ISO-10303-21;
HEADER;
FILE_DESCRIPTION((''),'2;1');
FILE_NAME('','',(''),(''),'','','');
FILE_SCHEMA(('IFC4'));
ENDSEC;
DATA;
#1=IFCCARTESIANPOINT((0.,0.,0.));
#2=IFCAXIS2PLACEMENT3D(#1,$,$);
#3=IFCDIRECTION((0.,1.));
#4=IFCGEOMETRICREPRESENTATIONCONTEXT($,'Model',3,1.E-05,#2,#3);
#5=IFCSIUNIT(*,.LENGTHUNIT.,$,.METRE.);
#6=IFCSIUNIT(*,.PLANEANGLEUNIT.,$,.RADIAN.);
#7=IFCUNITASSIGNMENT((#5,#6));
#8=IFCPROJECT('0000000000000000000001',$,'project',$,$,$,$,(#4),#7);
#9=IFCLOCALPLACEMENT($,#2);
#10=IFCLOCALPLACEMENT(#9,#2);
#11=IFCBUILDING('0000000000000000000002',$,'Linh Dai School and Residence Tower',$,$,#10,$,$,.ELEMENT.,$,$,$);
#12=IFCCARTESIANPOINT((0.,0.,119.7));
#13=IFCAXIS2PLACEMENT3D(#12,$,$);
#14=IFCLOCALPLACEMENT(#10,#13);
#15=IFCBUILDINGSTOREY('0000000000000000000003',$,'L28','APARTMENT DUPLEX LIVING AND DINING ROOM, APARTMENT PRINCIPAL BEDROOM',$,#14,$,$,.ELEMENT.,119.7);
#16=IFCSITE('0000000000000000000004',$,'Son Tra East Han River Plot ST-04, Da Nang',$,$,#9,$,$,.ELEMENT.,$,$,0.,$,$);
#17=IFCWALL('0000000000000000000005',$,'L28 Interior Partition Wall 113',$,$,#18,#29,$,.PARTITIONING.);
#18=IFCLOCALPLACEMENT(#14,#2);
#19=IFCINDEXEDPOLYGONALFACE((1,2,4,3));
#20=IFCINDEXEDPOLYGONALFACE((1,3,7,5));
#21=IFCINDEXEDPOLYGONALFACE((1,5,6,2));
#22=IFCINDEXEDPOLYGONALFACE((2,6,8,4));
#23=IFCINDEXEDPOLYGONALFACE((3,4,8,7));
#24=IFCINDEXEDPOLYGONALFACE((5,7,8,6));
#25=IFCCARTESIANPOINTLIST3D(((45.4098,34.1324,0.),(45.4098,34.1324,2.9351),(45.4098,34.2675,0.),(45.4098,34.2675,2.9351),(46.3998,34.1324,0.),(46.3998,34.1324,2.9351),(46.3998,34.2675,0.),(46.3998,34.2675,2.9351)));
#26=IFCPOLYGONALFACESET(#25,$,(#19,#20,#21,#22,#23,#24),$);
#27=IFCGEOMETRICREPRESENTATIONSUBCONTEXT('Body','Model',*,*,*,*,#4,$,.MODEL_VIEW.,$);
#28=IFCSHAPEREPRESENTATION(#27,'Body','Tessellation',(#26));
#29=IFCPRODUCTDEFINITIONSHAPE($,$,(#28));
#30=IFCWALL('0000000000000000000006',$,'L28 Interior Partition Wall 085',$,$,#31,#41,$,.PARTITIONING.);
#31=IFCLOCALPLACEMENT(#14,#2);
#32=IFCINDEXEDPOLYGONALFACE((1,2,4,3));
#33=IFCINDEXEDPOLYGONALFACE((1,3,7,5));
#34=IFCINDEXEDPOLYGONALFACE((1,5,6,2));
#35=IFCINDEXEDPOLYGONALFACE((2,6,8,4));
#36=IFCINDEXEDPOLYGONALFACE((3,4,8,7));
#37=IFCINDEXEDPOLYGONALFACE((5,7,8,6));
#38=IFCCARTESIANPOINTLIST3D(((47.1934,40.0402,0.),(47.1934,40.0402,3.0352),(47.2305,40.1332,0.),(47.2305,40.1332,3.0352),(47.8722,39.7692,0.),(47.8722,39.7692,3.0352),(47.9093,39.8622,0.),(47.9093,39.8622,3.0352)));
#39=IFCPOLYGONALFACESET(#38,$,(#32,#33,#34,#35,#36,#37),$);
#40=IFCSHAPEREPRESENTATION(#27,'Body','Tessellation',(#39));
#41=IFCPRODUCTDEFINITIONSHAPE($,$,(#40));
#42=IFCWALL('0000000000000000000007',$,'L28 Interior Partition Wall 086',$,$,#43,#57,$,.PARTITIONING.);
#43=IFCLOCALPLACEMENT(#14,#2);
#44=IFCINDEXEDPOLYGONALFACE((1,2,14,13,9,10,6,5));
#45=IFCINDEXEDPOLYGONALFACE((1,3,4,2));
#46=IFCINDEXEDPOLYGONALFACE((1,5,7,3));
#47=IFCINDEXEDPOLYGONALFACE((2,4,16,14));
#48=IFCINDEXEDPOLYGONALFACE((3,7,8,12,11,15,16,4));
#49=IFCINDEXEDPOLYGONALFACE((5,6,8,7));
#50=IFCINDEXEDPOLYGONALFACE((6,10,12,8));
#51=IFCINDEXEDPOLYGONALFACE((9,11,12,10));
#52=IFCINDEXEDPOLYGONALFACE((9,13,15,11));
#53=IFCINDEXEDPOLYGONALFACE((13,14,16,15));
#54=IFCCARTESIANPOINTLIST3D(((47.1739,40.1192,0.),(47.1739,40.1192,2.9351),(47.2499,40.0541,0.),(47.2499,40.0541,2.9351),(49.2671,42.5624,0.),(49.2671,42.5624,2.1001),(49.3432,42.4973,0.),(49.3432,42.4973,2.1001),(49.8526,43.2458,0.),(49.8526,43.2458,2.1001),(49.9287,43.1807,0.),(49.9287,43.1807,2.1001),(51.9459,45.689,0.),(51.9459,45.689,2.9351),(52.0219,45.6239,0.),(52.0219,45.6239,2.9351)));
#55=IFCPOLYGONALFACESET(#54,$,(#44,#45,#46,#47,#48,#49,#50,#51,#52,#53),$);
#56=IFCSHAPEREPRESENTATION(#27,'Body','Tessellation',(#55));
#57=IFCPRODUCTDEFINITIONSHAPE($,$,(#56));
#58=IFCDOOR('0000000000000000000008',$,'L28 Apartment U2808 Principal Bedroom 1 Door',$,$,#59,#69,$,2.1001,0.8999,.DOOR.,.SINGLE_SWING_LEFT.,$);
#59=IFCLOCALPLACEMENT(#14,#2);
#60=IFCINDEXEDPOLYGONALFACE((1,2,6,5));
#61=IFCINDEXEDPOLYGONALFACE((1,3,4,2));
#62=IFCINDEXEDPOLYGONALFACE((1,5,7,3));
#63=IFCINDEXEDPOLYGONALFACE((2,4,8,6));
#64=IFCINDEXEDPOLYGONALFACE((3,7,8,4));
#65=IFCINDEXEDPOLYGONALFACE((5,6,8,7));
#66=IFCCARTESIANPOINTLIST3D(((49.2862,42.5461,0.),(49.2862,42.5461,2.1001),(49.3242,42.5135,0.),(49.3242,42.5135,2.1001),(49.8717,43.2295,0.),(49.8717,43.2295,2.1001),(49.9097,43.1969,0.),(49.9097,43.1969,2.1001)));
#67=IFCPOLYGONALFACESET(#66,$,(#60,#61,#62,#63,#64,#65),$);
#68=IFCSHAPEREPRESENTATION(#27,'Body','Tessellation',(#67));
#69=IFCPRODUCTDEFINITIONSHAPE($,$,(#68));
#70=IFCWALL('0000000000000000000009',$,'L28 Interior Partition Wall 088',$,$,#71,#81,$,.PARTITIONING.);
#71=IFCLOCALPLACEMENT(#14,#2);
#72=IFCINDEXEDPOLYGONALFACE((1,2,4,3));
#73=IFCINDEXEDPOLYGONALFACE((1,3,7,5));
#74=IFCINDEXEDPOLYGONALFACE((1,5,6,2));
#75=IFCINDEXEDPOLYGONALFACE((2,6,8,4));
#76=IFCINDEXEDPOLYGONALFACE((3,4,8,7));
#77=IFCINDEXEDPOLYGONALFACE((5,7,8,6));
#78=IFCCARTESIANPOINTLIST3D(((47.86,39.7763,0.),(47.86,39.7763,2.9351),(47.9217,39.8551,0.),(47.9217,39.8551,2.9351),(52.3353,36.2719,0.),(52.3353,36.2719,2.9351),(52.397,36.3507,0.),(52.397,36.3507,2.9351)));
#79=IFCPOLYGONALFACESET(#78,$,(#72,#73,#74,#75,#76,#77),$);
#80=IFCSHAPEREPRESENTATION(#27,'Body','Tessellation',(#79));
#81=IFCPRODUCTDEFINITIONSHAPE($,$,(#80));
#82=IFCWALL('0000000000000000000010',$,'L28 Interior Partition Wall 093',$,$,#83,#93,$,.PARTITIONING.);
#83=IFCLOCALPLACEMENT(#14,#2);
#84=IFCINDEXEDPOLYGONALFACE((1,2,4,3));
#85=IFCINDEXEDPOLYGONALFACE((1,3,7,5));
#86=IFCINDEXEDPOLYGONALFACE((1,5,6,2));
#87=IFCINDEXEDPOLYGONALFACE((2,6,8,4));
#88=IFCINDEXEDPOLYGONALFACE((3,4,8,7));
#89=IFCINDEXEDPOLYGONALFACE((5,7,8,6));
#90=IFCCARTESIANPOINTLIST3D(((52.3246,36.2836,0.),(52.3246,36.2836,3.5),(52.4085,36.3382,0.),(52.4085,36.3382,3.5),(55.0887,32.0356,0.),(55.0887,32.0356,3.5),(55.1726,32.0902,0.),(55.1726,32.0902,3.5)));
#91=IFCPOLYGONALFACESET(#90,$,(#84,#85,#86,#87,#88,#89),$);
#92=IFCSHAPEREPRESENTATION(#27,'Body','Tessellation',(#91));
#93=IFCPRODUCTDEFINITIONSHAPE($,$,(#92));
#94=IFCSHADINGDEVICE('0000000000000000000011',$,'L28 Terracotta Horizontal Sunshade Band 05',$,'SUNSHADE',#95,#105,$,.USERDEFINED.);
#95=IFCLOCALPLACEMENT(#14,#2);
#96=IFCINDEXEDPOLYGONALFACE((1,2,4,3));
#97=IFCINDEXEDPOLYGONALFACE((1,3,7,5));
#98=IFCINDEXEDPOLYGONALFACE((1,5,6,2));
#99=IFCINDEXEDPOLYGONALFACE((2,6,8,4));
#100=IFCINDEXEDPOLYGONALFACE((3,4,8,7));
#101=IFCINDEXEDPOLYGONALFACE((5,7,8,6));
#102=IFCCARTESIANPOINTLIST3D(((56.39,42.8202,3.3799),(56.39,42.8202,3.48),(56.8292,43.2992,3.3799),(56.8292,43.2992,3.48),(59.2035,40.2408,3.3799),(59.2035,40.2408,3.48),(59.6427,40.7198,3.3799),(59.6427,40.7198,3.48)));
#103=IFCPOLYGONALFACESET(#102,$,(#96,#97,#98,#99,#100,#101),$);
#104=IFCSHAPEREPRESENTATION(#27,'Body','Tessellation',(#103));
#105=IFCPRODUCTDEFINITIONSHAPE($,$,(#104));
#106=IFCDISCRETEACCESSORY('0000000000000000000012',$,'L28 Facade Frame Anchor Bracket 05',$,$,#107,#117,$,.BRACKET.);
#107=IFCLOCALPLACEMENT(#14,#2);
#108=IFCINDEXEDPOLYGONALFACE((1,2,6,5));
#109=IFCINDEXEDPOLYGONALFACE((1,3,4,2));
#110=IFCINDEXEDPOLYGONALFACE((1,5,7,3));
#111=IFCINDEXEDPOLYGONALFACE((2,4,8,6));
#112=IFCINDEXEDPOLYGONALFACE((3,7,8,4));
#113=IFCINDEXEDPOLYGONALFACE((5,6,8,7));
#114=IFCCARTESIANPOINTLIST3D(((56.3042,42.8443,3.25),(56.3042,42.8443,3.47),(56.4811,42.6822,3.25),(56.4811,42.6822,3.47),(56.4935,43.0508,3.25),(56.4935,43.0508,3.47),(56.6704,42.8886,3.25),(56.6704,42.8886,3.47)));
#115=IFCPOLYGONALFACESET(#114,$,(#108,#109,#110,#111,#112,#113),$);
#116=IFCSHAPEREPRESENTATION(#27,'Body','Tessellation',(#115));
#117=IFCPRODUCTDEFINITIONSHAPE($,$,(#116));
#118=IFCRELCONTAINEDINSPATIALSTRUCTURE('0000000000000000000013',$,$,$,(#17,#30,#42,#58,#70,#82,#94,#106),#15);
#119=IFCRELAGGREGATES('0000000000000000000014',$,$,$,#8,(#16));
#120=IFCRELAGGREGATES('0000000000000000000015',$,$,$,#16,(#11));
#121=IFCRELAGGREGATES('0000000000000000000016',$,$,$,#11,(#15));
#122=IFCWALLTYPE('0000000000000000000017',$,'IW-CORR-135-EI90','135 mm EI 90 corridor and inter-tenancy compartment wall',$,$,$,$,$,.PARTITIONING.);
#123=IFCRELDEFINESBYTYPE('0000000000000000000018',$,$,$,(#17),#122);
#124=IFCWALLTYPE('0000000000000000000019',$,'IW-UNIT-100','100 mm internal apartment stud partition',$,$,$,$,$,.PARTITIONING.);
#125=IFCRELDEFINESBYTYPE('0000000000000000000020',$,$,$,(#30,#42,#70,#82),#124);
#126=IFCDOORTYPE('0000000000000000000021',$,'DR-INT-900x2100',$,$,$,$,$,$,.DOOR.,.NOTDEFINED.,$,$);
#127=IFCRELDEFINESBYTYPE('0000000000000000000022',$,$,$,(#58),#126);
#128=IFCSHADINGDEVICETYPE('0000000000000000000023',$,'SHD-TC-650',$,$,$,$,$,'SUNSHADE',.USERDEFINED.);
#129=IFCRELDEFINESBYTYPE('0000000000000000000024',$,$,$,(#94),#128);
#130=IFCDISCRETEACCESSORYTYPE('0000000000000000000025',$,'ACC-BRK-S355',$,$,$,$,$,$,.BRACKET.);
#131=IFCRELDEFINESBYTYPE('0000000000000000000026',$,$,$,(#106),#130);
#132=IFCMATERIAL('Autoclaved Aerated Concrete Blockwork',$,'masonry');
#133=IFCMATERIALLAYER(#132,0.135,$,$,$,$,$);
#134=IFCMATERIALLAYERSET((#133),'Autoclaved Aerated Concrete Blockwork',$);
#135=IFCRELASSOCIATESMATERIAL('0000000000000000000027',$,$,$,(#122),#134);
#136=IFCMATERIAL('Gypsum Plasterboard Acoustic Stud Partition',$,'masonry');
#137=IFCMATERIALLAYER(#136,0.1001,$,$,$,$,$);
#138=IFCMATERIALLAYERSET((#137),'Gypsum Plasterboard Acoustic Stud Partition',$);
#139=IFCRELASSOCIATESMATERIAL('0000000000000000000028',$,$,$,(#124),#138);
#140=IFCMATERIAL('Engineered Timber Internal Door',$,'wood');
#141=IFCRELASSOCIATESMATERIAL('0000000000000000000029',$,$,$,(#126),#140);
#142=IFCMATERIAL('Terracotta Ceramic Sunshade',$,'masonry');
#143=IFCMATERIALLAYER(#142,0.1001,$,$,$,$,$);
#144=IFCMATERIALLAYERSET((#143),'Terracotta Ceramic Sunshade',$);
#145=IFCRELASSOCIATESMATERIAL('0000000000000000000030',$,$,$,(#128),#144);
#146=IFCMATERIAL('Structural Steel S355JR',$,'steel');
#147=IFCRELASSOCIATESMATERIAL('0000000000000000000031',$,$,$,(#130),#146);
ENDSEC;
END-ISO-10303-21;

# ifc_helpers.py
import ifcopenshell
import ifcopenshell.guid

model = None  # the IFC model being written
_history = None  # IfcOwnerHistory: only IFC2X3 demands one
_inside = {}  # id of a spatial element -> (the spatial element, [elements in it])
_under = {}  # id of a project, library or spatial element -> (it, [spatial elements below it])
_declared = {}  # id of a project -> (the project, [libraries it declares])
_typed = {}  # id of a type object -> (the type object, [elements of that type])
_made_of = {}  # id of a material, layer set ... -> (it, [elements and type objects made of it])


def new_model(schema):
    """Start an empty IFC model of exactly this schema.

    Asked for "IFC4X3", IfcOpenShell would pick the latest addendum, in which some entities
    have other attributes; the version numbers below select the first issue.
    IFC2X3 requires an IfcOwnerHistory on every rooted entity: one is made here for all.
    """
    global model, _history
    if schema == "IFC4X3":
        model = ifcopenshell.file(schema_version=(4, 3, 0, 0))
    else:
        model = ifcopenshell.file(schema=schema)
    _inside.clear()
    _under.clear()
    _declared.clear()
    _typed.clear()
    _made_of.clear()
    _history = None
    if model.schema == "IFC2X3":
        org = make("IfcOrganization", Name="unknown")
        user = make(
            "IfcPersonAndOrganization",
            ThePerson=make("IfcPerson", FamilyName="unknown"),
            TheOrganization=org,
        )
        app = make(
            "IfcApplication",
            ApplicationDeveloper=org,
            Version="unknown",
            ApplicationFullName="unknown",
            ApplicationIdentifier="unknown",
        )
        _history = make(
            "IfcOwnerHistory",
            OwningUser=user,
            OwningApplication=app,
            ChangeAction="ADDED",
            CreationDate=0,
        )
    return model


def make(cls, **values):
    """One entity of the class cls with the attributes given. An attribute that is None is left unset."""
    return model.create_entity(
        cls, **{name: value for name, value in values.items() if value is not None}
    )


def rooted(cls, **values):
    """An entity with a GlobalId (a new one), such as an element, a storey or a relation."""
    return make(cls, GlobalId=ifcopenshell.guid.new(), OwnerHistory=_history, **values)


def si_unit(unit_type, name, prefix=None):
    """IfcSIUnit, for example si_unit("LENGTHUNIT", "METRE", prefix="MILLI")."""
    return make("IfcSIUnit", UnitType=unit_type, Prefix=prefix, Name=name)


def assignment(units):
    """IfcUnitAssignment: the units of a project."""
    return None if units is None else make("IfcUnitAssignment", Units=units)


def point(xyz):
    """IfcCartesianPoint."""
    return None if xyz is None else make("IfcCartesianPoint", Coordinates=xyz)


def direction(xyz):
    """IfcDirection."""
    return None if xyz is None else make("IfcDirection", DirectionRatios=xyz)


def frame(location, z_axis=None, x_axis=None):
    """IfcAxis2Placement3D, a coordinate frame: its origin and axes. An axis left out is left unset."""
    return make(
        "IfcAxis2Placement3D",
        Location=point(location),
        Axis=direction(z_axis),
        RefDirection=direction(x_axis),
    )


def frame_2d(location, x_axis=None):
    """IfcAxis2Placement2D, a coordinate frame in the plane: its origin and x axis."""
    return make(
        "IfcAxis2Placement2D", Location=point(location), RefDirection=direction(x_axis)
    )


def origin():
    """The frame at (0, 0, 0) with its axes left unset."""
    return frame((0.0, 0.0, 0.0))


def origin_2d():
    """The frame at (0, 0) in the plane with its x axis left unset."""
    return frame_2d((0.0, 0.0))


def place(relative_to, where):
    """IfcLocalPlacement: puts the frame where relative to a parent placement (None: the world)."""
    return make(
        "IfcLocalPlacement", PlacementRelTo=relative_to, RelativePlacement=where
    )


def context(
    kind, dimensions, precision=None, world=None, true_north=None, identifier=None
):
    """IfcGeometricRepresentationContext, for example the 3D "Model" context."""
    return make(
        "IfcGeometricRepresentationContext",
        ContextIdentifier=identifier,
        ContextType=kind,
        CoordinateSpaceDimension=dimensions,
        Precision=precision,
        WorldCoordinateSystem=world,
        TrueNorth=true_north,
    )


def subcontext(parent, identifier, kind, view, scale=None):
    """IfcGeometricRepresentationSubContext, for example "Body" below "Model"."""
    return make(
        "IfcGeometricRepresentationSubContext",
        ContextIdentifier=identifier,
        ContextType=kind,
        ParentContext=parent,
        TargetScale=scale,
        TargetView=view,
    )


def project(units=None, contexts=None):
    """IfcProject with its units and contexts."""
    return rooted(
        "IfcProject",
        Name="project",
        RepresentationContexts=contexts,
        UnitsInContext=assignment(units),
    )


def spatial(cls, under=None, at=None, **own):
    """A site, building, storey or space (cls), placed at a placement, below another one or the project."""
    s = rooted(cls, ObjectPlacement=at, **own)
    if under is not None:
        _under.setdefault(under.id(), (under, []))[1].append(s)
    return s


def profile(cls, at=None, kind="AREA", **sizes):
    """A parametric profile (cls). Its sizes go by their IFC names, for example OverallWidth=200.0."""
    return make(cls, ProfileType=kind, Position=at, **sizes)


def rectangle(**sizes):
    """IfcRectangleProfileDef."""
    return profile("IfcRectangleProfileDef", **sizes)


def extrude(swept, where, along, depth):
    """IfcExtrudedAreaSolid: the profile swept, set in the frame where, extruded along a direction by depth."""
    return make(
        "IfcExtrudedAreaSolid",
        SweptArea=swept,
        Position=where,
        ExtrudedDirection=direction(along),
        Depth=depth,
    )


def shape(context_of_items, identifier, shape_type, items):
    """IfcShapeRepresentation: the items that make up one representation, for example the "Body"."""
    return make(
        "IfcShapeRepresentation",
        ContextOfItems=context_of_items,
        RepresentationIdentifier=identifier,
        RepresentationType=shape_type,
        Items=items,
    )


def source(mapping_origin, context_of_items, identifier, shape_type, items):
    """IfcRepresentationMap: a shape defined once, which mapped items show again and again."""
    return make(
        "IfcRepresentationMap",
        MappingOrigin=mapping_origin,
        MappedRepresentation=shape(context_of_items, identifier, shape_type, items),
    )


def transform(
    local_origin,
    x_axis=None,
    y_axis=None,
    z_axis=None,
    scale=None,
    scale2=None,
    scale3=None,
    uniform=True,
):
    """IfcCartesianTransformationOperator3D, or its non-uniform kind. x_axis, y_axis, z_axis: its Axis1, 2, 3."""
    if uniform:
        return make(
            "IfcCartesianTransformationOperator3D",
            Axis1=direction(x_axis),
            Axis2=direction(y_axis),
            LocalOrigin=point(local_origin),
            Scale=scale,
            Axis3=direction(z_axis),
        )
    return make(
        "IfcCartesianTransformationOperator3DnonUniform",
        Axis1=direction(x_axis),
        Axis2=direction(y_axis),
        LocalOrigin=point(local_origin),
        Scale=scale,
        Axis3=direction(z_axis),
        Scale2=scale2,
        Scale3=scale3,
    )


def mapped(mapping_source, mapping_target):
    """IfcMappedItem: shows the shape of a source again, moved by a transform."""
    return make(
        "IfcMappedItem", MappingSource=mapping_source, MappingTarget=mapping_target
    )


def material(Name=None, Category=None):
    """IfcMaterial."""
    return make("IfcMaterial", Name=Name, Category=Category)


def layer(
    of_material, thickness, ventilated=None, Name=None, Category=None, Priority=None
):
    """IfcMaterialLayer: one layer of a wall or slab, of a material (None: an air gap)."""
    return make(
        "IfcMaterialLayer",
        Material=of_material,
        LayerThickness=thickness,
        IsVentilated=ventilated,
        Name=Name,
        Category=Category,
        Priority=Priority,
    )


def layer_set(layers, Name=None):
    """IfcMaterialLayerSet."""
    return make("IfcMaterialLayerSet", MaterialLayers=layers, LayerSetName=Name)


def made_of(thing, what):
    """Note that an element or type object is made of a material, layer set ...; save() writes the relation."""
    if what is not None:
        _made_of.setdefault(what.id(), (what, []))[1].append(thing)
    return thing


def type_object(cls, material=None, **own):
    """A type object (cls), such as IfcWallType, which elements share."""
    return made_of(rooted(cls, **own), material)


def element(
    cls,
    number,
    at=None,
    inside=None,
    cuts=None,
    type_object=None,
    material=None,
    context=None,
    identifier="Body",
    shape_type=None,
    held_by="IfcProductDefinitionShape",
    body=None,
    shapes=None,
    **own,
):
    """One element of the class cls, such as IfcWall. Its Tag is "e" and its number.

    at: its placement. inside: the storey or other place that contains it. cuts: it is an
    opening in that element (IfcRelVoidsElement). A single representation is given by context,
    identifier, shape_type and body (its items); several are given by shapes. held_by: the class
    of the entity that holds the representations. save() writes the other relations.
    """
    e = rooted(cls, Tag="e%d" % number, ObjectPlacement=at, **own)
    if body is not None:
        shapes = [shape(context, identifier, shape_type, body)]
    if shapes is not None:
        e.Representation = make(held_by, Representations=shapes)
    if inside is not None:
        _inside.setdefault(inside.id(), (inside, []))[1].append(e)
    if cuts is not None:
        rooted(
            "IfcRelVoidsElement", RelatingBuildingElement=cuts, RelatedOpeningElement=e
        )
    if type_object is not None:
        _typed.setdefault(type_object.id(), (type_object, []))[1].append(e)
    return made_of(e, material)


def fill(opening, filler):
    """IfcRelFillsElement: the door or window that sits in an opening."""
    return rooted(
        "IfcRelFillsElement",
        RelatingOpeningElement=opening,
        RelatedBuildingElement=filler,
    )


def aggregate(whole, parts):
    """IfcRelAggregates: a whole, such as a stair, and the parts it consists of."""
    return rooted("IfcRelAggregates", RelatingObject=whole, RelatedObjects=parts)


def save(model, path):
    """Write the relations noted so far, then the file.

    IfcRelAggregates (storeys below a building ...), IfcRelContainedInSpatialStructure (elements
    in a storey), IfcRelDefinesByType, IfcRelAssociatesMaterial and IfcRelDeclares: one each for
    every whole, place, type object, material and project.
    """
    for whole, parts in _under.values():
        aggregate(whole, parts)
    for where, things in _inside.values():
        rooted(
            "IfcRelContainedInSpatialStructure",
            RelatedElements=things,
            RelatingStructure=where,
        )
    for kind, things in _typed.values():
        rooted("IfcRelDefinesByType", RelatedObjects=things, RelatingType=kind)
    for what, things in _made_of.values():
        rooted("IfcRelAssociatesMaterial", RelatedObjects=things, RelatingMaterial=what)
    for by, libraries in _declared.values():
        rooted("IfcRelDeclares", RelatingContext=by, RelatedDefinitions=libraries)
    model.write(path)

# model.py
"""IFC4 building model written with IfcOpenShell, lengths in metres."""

from ifc_helpers import new_model, si_unit, direction, frame, frame_2d, origin, origin_2d, place, context, subcontext, project, spatial, rectangle, extrude, source, transform, mapped, material, layer, layer_set, type_object, element, fill, save


model = new_model("IFC4")

# Units and contexts
model_context = context("Model", 3, precision=1e-05, world=origin(), true_north=direction((0.0, 1.0)))
body_context = subcontext(model_context, "Body", "Model", "MODEL_VIEW")
ifc_project = project(units=[si_unit("LENGTHUNIT", "METRE"), si_unit("PLANEANGLEUNIT", "RADIAN")], contexts=[model_context])

# Site, building, storey
site_placement = place(None, origin())
site = spatial("IfcSite", under=ifc_project, at=site_placement, Name="Son Tra East Han River Plot ST-04, Da Nang", CompositionType="ELEMENT", RefElevation=0.0)
building_placement = place(site_placement, origin())
building = spatial("IfcBuilding", under=site, at=building_placement, Name="Linh Dai School and Residence Tower", CompositionType="ELEMENT")
storey_placement = place(building_placement, frame((0.0, 0.0, 119.7)))
storey = spatial("IfcBuildingStorey", under=building, at=storey_placement, Name="L28", Description="APARTMENT DUPLEX LIVING AND DINING ROOM, APARTMENT PRINCIPAL BEDROOM", CompositionType="ELEMENT", Elevation=119.7)

# Shared definitions
ifc_material_1 = material(Name="Structural Steel S355JR", Category="steel")

# Walls
ifc_material_2 = material(Name="Autoclaved Aerated Concrete Blockwork", Category="masonry")
ifc_layer_1 = layer(ifc_material_2, 0.135)
ifc_layer_set_1 = layer_set([ifc_layer_1], Name="Autoclaved Aerated Concrete Blockwork")
wall_type_1 = type_object("IfcWallType", Name="IW-CORR-135-EI90", Description="135 mm EI 90 corridor and inter-tenancy compartment wall", PredefinedType="PARTITIONING", material=ifc_layer_set_1)
wall_1_placement = place(storey_placement, frame((46.3999, 34.2, 0.0), z_axis=(0.0, 0.0, 1.0), x_axis=(-1.0, 0.0, 0.0)))
element("IfcWall", 1, at=wall_1_placement, inside=storey, type_object=wall_type_1, Name="L28 Interior Partition Wall 113", PredefinedType="PARTITIONING", context=body_context, shape_type="SweptSolid", body=[
    extrude(rectangle(XDim=0.99, YDim=0.135, at=frame_2d((0.4951, 0.0))), origin(), (0.0, 0.0, 1.0), 2.9351),
])
ifc_material_3 = material(Name="Gypsum Plasterboard Acoustic Stud Partition", Category="masonry")
ifc_layer_2 = layer(ifc_material_3, 0.1001)
ifc_layer_set_2 = layer_set([ifc_layer_2], Name="Gypsum Plasterboard Acoustic Stud Partition")
wall_type_2 = type_object("IfcWallType", Name="IW-UNIT-100", Description="100 mm internal apartment stud partition", PredefinedType="PARTITIONING", material=ifc_layer_set_2)
wall_2_placement = place(storey_placement, frame((47.2119, 40.0867, 0.0), z_axis=(0.0, 0.0, 1.0), x_axis=(0.928753, -0.3707, 0.0)))
element("IfcWall", 2, at=wall_2_placement, inside=storey, type_object=wall_type_2, Name="L28 Interior Partition Wall 085", PredefinedType="PARTITIONING", context=body_context, shape_type="SweptSolid", body=[
    extrude(rectangle(XDim=0.731, YDim=0.1001, at=frame_2d((0.3655, 0.0))), origin(), (0.0, 0.0, 1.0), 3.0352),
])

# Wall, opening, door
wall_3_placement = place(storey_placement, frame((47.2119, 40.0867, 0.0), z_axis=(0.0, 0.0, 1.0), x_axis=(0.650621, 0.759402, 0.0)))
wall_3 = element("IfcWall", 3, at=wall_3_placement, inside=storey, type_object=wall_type_2, Name="L28 Interior Partition Wall 086", PredefinedType="PARTITIONING", context=body_context, shape_type="SweptSolid", body=[
    extrude(rectangle(XDim=7.3345, YDim=0.1001, at=frame_2d((3.6672, 0.0))), origin(), (0.0, 0.0, 1.0), 2.9351),
])
opening_1_placement = place(wall_3_placement, frame((3.2173, 0.0, 0.0)))
opening_1 = element("IfcOpeningElement", 4, at=opening_1_placement, cuts=wall_3, PredefinedType="OPENING", context=body_context, shape_type="SweptSolid", body=[
    extrude(rectangle(XDim=0.8999, YDim=2.1001, at=origin_2d()), frame((0.45, 0.0601, 1.05), z_axis=(0.0, -1.0, 0.0), x_axis=(1.0, 0.0, 0.0)), (0.0, 0.0, 1.0), 0.1201),
])
ifc_material_4 = material(Name="Engineered Timber Internal Door", Category="wood")
door_type = type_object("IfcDoorType", Name="DR-INT-900x2100", OperationType="NOTDEFINED", PredefinedType="DOOR", material=ifc_material_4)
shared_shape_1 = source(origin(), body_context, "Body", "SweptSolid", [
    extrude(rectangle(XDim=0.8999, YDim=2.1001, at=origin_2d()), frame((0.45, 0.0249, 1.05), z_axis=(0.0, -1.0, 0.0), x_axis=(1.0, 0.0, 0.0)), (0.0, 0.0, 1.0), 0.05),
])
door_placement = place(opening_1_placement, origin())
door = element("IfcDoor", 5, at=door_placement, inside=storey, type_object=door_type, Name="L28 Apartment U2808 Principal Bedroom 1 Door", OperationType="SINGLE_SWING_LEFT", OverallHeight=2.1001, OverallWidth=0.8999, PredefinedType="DOOR", context=body_context, shape_type="MappedRepresentation", body=[
    mapped(shared_shape_1, transform((0.0, 0.0, 0.0), x_axis=(1.0, 0.0, 0.0), y_axis=(0.0, 1.0, 0.0), z_axis=(0.0, 0.0, 1.0), scale=1.0)),
])
fill(opening_1, door)

# Walls
wall_4_placement = place(storey_placement, frame((47.8909, 39.8157, 0.0), z_axis=(0.0, 0.0, 1.0), x_axis=(0.787338, -0.616521, 0.0)))
element("IfcWall", 6, at=wall_4_placement, inside=storey, type_object=wall_type_2, Name="L28 Interior Partition Wall 088", PredefinedType="PARTITIONING", context=body_context, shape_type="SweptSolid", body=[
    extrude(rectangle(XDim=5.6841, YDim=0.1001, at=frame_2d((2.842, 0.0))), origin(), (0.0, 0.0, 1.0), 2.9351),
])
wall_5_placement = place(storey_placement, frame((52.3665, 36.311, 0.0), z_axis=(0.0, 0.0, 1.0), x_axis=(0.545395, -0.838179, 0.0)))
element("IfcWall", 7, at=wall_5_placement, inside=storey, type_object=wall_type_2, Name="L28 Interior Partition Wall 093", PredefinedType="PARTITIONING", context=body_context, shape_type="SweptSolid", body=[
    extrude(rectangle(XDim=5.0681, YDim=0.1001, at=frame_2d((2.5342, 0.0))), origin(), (0.0, 0.0, 1.0), 3.5),
])

# Shading device
ifc_material_5 = material(Name="Terracotta Ceramic Sunshade", Category="masonry")
ifc_layer_3 = layer(ifc_material_5, 0.1001)
ifc_layer_set_3 = layer_set([ifc_layer_3], Name="Terracotta Ceramic Sunshade")
shading_device_type = type_object("IfcShadingDeviceType", Name="SHD-TC-650", ElementType="SUNSHADE", PredefinedType="USERDEFINED", material=ifc_layer_set_3)
shared_shape_2 = source(origin(), body_context, "Body", "SweptSolid", [
    extrude(rectangle(XDim=3.8169, YDim=0.6499, at=origin_2d()), origin(), (0.0, 0.0, 1.0), 0.1001),
])
shading_device_placement = place(storey_placement, frame((58.0164, 41.77, 3.3799), z_axis=(0.0, 0.0, 1.0), x_axis=(0.7371, -0.675783, 0.0)))
element("IfcShadingDevice", 8, at=shading_device_placement, inside=storey, type_object=shading_device_type, Name="L28 Terracotta Horizontal Sunshade Band 05", ObjectType="SUNSHADE", PredefinedType="USERDEFINED", context=body_context, shape_type="MappedRepresentation", body=[
    mapped(shared_shape_2, transform((0.0, 0.0, 0.0), x_axis=(1.0, 0.0, 0.0), y_axis=(0.0, 1.0, 0.0), z_axis=(0.0, 0.0, 1.0), scale=1.0)),
])

# Discrete accessory
discrete_accessory_type = type_object("IfcDiscreteAccessoryType", Name="ACC-BRK-S355", PredefinedType="BRACKET", material=ifc_material_1)
shared_shape_3 = source(origin(), body_context, "Body", "SweptSolid", [
    extrude(rectangle(XDim=0.28, YDim=0.24, at=origin_2d()), origin(), (0.0, 0.0, 1.0), 0.22),
])
discrete_accessory_placement = place(storey_placement, frame((56.4873, 42.8665, 3.25), z_axis=(0.0, 0.0, 1.0), x_axis=(0.675783, 0.7371, 0.0)))
element("IfcDiscreteAccessory", 9, at=discrete_accessory_placement, inside=storey, type_object=discrete_accessory_type, Name="L28 Facade Frame Anchor Bracket 05", PredefinedType="BRACKET", context=body_context, shape_type="MappedRepresentation", body=[
    mapped(shared_shape_3, transform((0.0, 0.0, 0.0), x_axis=(1.0, 0.0, 0.0), y_axis=(0.0, 1.0, 0.0), z_axis=(0.0, 0.0, 1.0), scale=1.0)),
])

save(model, "model.ifc")
